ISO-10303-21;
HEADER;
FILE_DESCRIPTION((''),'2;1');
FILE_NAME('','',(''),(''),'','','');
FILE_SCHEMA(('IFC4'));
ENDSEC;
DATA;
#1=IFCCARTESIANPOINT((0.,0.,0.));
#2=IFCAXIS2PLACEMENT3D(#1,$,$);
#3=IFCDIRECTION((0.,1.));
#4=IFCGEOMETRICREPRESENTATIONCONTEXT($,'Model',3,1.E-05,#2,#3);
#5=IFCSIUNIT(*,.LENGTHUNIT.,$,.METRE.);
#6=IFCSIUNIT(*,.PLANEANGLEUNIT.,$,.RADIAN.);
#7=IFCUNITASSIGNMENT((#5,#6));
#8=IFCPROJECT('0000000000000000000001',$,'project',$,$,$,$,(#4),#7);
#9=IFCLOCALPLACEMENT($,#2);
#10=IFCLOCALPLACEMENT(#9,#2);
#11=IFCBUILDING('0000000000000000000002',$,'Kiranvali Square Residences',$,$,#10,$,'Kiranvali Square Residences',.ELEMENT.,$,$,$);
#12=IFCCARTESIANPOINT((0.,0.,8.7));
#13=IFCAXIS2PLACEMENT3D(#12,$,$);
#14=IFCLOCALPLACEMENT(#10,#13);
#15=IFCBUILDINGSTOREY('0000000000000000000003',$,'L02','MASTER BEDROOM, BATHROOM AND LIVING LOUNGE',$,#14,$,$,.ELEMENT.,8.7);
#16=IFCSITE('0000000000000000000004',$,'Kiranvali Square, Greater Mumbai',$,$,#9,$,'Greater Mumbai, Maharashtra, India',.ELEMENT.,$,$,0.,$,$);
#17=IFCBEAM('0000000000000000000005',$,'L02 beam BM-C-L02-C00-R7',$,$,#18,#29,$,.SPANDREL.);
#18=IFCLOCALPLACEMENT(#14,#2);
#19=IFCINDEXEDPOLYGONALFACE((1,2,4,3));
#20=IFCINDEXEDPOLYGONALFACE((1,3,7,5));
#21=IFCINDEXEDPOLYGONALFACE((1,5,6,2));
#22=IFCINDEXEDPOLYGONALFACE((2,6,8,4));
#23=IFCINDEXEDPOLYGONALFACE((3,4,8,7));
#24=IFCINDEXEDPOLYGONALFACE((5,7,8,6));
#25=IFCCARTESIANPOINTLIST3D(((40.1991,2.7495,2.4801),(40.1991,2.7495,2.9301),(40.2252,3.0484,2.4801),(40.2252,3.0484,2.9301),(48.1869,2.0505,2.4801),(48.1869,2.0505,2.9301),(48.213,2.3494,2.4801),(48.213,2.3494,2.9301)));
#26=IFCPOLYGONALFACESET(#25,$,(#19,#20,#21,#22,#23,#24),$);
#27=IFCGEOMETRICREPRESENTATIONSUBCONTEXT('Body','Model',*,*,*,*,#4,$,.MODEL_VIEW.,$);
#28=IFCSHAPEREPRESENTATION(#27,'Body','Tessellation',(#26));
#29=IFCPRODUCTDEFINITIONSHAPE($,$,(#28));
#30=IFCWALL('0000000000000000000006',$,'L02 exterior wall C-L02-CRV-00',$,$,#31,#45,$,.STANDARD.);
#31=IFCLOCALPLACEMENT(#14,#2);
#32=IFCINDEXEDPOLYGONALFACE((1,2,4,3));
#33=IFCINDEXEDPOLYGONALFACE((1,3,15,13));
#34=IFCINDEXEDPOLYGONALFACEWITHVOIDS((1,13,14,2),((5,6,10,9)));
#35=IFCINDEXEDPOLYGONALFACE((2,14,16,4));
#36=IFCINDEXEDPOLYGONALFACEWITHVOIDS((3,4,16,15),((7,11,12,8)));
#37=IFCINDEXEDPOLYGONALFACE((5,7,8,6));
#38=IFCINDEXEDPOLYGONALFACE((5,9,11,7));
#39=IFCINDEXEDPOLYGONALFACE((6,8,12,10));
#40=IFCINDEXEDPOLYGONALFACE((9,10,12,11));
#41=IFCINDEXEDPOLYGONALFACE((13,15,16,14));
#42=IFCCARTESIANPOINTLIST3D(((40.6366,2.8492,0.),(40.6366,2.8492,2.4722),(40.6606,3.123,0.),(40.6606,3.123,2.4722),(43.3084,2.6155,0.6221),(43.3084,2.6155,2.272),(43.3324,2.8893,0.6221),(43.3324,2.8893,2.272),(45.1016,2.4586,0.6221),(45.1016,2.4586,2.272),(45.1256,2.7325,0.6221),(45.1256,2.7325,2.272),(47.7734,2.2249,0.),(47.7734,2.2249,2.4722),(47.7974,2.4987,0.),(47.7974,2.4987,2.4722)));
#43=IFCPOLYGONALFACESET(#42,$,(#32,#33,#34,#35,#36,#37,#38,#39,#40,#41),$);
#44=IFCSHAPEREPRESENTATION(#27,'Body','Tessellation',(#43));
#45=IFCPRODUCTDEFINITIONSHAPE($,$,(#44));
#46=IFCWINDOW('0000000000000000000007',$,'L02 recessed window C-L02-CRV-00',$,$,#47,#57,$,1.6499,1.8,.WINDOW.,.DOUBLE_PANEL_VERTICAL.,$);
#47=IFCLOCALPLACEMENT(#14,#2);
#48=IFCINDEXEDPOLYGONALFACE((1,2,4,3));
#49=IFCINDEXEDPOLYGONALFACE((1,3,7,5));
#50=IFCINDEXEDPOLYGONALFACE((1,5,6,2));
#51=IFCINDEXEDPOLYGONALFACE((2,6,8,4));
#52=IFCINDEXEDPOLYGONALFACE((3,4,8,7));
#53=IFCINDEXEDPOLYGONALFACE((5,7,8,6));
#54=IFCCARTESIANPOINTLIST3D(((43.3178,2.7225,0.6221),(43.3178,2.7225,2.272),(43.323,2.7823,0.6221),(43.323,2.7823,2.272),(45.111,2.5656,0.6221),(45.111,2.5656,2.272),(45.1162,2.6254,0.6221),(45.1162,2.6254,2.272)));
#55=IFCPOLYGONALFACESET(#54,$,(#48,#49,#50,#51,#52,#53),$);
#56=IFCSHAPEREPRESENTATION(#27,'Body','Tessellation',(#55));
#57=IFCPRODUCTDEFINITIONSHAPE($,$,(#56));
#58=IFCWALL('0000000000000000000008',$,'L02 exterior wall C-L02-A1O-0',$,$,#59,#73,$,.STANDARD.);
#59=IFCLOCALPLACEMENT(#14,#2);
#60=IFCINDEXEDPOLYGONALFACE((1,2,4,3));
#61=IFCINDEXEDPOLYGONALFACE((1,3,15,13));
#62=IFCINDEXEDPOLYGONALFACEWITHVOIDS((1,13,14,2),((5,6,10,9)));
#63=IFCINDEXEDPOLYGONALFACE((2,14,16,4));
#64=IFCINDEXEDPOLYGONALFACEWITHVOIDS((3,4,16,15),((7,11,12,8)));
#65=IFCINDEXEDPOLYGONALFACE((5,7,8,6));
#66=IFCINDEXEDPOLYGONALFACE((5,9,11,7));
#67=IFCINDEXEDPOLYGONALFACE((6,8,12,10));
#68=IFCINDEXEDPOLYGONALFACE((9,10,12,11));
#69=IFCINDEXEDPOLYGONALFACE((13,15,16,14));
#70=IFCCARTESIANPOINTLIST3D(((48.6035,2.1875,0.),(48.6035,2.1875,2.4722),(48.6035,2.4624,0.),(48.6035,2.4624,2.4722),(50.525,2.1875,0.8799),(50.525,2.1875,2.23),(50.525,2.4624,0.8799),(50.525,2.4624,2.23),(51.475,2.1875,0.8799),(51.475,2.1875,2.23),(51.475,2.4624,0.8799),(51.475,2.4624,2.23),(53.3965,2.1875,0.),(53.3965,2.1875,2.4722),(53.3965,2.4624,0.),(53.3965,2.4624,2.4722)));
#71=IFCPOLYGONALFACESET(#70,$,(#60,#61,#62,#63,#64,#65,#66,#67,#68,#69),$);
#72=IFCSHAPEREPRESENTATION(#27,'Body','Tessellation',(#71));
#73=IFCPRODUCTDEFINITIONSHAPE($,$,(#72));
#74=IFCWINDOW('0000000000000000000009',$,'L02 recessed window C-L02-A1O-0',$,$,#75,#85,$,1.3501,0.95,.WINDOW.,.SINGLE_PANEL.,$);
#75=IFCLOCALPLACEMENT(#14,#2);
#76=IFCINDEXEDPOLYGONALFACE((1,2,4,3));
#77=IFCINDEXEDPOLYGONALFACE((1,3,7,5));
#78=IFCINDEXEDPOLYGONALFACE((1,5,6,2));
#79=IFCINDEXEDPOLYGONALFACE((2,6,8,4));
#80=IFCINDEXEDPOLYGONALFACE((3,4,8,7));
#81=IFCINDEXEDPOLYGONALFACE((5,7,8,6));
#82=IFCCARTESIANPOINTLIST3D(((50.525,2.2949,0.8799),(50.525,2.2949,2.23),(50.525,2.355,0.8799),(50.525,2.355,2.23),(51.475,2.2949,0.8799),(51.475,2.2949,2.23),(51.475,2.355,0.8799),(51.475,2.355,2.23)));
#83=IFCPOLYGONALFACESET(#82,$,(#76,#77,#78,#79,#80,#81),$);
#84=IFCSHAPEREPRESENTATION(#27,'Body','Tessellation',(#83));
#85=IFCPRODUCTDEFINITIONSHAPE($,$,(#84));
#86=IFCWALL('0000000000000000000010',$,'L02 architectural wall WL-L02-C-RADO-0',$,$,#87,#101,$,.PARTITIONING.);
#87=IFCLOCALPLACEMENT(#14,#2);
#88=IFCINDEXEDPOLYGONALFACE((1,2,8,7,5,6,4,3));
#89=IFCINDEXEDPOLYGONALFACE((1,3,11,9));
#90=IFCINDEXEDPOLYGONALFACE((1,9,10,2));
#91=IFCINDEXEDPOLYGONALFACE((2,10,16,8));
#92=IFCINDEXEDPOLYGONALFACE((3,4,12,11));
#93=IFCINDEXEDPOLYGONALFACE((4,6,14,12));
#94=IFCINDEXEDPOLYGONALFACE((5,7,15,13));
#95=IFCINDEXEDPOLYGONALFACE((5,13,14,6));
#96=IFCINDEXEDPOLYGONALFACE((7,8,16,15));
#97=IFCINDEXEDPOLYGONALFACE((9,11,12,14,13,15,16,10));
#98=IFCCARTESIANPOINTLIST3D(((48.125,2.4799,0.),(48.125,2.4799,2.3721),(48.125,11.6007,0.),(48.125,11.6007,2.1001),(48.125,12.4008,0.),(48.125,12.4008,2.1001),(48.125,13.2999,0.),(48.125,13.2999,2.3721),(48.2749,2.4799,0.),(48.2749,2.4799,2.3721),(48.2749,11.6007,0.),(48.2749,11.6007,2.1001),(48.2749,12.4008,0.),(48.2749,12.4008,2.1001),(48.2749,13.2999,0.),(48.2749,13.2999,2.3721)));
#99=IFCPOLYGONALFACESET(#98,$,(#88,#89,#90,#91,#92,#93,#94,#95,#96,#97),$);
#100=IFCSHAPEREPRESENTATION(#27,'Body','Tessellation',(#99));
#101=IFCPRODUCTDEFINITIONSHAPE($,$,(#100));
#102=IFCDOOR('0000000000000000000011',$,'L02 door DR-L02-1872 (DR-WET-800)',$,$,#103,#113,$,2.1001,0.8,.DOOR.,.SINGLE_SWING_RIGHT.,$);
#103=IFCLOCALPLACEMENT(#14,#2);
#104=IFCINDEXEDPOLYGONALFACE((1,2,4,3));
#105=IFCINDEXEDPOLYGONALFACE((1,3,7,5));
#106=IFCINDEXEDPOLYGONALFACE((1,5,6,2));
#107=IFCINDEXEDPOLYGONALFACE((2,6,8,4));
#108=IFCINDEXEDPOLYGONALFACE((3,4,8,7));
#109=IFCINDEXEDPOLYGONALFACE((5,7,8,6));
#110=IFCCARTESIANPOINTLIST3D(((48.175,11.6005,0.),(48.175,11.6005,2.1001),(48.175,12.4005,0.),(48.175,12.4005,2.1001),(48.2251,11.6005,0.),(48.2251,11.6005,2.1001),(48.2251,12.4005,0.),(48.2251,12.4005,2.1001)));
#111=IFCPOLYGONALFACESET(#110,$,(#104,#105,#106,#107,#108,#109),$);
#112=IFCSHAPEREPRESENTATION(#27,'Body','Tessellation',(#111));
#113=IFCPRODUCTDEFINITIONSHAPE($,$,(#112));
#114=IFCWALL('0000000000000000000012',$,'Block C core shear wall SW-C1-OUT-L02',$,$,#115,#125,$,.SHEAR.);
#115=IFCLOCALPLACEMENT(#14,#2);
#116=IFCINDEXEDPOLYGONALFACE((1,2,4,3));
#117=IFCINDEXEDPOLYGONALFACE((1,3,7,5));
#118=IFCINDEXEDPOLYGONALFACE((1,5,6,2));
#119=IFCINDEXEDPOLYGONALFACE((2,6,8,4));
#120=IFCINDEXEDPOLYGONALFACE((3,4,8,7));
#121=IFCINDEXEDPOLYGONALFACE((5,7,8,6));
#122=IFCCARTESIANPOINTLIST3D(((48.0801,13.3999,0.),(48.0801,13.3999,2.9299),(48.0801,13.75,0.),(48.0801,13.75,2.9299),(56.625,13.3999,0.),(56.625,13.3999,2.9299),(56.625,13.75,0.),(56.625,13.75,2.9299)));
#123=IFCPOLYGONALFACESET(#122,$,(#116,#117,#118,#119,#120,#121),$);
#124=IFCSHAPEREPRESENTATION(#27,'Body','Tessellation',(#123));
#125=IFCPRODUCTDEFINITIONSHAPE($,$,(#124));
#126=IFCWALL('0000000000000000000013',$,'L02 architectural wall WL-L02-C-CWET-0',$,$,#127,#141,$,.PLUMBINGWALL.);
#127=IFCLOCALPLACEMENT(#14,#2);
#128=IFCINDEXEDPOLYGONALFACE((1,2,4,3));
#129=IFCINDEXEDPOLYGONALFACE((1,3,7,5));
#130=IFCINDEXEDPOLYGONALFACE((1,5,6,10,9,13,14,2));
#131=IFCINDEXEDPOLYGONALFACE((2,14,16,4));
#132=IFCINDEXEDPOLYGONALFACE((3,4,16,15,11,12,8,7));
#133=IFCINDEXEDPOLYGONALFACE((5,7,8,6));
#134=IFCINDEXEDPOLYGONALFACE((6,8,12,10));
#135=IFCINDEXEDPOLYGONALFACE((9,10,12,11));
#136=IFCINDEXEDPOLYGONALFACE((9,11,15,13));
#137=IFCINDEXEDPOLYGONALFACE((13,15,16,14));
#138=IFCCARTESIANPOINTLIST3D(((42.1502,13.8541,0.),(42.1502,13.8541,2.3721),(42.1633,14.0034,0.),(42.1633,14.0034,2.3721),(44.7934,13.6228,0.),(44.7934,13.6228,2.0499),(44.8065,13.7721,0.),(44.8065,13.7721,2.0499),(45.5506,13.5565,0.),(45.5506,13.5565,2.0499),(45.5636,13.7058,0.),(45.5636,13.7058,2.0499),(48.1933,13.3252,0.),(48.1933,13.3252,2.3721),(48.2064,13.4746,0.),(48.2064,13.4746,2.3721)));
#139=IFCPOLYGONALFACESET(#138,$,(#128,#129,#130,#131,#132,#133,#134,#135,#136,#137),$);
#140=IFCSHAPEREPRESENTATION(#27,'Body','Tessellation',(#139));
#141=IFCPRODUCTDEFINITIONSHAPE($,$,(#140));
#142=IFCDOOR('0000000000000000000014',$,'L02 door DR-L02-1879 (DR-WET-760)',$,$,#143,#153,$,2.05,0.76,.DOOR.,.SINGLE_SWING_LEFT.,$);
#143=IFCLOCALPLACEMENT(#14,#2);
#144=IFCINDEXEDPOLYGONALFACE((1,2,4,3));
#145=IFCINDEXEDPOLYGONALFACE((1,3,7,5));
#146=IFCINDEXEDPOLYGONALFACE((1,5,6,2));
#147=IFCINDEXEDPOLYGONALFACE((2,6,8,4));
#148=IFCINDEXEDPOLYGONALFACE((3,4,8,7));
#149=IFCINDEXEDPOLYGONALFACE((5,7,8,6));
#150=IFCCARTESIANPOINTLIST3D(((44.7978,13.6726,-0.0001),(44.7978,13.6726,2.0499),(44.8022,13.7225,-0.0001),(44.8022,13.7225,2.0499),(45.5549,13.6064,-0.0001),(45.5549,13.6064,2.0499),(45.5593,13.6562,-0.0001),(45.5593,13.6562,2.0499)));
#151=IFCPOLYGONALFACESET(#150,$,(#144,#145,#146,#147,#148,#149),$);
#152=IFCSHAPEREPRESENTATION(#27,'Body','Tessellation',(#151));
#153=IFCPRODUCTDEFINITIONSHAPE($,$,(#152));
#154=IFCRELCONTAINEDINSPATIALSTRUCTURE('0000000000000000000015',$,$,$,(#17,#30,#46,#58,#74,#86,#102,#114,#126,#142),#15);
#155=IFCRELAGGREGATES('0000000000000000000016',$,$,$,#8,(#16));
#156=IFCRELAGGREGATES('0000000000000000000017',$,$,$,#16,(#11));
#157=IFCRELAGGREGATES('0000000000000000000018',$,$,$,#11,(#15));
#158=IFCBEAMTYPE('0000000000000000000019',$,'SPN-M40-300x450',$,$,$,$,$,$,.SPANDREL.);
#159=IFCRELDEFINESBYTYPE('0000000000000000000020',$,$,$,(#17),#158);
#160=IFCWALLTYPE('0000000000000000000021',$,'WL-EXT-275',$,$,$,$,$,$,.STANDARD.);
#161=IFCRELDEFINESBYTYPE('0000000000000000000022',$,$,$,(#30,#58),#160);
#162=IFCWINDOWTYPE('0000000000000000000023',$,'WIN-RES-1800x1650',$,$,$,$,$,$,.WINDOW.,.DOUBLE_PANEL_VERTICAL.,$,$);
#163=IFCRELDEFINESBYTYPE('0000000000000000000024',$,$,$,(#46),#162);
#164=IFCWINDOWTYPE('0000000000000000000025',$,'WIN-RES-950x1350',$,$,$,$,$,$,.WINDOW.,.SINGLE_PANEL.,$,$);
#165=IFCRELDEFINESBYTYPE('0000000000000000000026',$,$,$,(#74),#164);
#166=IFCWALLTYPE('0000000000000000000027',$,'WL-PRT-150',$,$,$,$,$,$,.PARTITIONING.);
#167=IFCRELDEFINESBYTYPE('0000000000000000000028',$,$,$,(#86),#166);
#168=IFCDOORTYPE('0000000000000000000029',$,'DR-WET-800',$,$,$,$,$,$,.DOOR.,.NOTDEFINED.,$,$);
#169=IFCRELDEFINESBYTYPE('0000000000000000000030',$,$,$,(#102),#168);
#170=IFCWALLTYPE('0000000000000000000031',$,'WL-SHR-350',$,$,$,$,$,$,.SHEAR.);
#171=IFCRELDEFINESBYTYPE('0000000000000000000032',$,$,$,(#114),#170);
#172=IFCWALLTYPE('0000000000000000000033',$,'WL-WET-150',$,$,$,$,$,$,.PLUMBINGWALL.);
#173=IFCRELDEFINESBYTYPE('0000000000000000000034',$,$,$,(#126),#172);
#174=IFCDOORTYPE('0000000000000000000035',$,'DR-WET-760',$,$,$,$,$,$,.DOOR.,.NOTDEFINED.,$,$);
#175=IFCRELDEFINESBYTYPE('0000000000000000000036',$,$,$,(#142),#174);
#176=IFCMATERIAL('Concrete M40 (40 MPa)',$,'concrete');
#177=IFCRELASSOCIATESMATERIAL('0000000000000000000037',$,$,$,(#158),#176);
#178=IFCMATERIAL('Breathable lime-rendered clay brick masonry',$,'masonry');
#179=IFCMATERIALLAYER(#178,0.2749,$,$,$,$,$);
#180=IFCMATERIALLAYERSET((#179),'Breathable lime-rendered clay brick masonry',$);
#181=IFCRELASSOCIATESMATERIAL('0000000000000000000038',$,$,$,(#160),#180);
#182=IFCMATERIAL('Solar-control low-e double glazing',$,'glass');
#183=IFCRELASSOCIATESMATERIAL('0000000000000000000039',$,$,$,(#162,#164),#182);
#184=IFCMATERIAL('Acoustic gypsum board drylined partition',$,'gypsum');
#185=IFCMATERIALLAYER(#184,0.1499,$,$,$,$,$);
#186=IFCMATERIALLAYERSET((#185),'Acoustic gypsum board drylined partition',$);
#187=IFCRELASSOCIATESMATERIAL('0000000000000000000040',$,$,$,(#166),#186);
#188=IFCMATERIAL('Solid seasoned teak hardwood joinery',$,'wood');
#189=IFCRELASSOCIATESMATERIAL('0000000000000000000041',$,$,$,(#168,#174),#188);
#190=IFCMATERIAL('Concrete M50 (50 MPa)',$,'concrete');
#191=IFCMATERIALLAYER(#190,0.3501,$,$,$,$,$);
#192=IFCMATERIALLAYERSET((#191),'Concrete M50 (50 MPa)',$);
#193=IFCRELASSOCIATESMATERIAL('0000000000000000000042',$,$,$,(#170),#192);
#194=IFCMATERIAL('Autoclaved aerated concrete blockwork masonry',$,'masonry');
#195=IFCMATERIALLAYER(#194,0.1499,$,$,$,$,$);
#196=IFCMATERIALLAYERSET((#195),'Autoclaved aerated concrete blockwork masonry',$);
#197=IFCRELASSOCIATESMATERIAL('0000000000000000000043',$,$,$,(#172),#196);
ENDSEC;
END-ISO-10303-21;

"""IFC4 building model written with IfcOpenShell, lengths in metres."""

from ifc_helpers import new_model, si_unit, direction, frame, frame_2d, origin, origin_2d, place, context, subcontext, project, spatial, rectangle, extrude, material, layer, layer_set, material_profile, profile_set, type_object, element, fill, save


model = new_model("IFC4")

# Units and contexts
model_context = context("Model", 3, precision=1e-05, world=origin(), true_north=direction((0.0, 1.0)))
body_context = subcontext(model_context, "Body", "Model", "MODEL_VIEW")
ifc_project = project(units=[si_unit("LENGTHUNIT", "METRE"), si_unit("PLANEANGLEUNIT", "RADIAN")], contexts=[model_context])

# Site, building, storey
site_placement = place(None, origin())
site = spatial("IfcSite", under=ifc_project, at=site_placement, Name="Kiranvali Square, Greater Mumbai", LongName="Greater Mumbai, Maharashtra, India", CompositionType="ELEMENT", RefElevation=0.0)
building_placement = place(site_placement, origin())
building = spatial("IfcBuilding", under=site, at=building_placement, Name="Kiranvali Square Residences", LongName="Kiranvali Square Residences", CompositionType="ELEMENT")
storey_placement = place(building_placement, frame((0.0, 0.0, 8.7)))
storey = spatial("IfcBuildingStorey", under=building, at=storey_placement, Name="L02", Description="MASTER BEDROOM, BATHROOM AND LIVING LOUNGE", CompositionType="ELEMENT", Elevation=8.7)

# Shared definitions
ifc_material_1 = material(Name="Concrete M50 (50 MPa)", Category="concrete")

# Beam
ifc_material_2 = material(Name="Concrete M40 (40 MPa)", Category="concrete")
ifc_material_profile_1 = material_profile(ifc_material_2, rectangle(XDim=0.3, YDim=0.45, at=origin_2d()), Name="RC 300x450")
ifc_profile_set_1 = profile_set([ifc_material_profile_1], Name="Concrete M40 (40 MPa)")
beam_type_1 = type_object("IfcBeamType", Name="SPN-M40-300x450", PredefinedType="SPANDREL", material=ifc_profile_set_1)
beam_1_placement = place(storey_placement, frame((48.2, 2.2, 2.7051), z_axis=(-0.996193, 0.087172, 0.0), x_axis=(-0.087172, -0.996193, 0.0)))
element("IfcBeam", 1, at=beam_1_placement, inside=storey, type_object=beam_type_1, Name="L02 beam BM-C-L02-C00-R7", PredefinedType="SPANDREL", context=body_context, shape_type="SweptSolid", body=[
    extrude(rectangle(XDim=0.3, YDim=0.45, at=origin_2d()), origin(), (0.0, 0.0, 1.0), 8.0183),
])

# Walls, openings, windows
ifc_material_3 = material(Name="Breathable lime-rendered clay brick masonry", Category="masonry")
ifc_layer_1 = layer(ifc_material_3, 0.2749)
ifc_layer_set_1 = layer_set([ifc_layer_1], Name="Breathable lime-rendered clay brick masonry")
wall_type_1 = type_object("IfcWallType", Name="WL-EXT-275", PredefinedType="STANDARD", material=ifc_layer_set_1)
wall_1_placement = place(storey_placement, frame((47.7854, 2.3618, 0.0), z_axis=(0.0, 0.0, 1.0), x_axis=(-0.996196, 0.08714, 0.0)))
wall_1 = element("IfcWall", 2, at=wall_1_placement, inside=storey, type_object=wall_type_1, Name="L02 exterior wall C-L02-CRV-00", PredefinedType="STANDARD", context=body_context, shape_type="SweptSolid", body=[
    extrude(rectangle(XDim=7.1641, YDim=0.2749, at=frame_2d((3.582, 0.0))), origin(), (0.0, 0.0, 1.0), 2.4722),
])
opening_1_placement = place(wall_1_placement, frame((2.6821, 0.0, 0.6221)))
opening_1 = element("IfcOpeningElement", 3, at=opening_1_placement, cuts=wall_1, PredefinedType="OPENING", context=body_context, shape_type="SweptSolid", body=[
    extrude(rectangle(XDim=1.8, YDim=1.6499, at=frame_2d((0.8999, 0.825))), frame((0.0, 0.1475, 0.0), z_axis=(0.0, -1.0, 0.0), x_axis=(1.0, 0.0, 0.0)), (0.0, 0.0, 1.0), 0.2949),
])
ifc_material_4 = material(Name="Solar-control low-e double glazing", Category="glass")
window_type_1 = type_object("IfcWindowType", Name="WIN-RES-1800x1650", PartitioningType="DOUBLE_PANEL_VERTICAL", PredefinedType="WINDOW", material=ifc_material_4)
window_1_placement = place(opening_1_placement, origin())
window_1 = element("IfcWindow", 4, at=window_1_placement, inside=storey, type_object=window_type_1, Name="L02 recessed window C-L02-CRV-00", OverallHeight=1.6499, OverallWidth=1.8, PartitioningType="DOUBLE_PANEL_VERTICAL", PredefinedType="WINDOW", context=body_context, shape_type="SweptSolid", body=[
    extrude(rectangle(XDim=1.8, YDim=1.6499, at=frame_2d((0.8999, 0.825))), frame((0.0, 0.03, 0.0), z_axis=(0.0, -1.0, 0.0), x_axis=(1.0, 0.0, 0.0)), (0.0, 0.0, 1.0), 0.0601),
])
fill(opening_1, window_1)
wall_2_placement = place(storey_placement, frame((48.6035, 2.325, 0.0), z_axis=(0.0, 0.0, 1.0), x_axis=(1.0, 0.0, 0.0)))
wall_2 = element("IfcWall", 5, at=wall_2_placement, inside=storey, type_object=wall_type_1, Name="L02 exterior wall C-L02-A1O-0", PredefinedType="STANDARD", context=body_context, shape_type="SweptSolid", body=[
    extrude(rectangle(XDim=4.793, YDim=0.2749, at=frame_2d((2.3965, 0.0))), origin(), (0.0, 0.0, 1.0), 2.4722),
])
opening_2_placement = place(wall_2_placement, frame((1.9214, 0.0, 0.8799)))
opening_2 = element("IfcOpeningElement", 6, at=opening_2_placement, cuts=wall_2, PredefinedType="OPENING", context=body_context, shape_type="SweptSolid", body=[
    extrude(rectangle(XDim=0.95, YDim=1.3501, at=frame_2d((0.4751, 0.675))), frame((0.0, 0.1475, 0.0), z_axis=(0.0, -1.0, 0.0), x_axis=(1.0, 0.0, 0.0)), (0.0, 0.0, 1.0), 0.2949),
])
window_type_2 = type_object("IfcWindowType", Name="WIN-RES-950x1350", PartitioningType="SINGLE_PANEL", PredefinedType="WINDOW", material=ifc_material_4)
window_2_placement = place(opening_2_placement, origin())
window_2 = element("IfcWindow", 7, at=window_2_placement, inside=storey, type_object=window_type_2, Name="L02 recessed window C-L02-A1O-0", OverallHeight=1.3501, OverallWidth=0.95, PartitioningType="SINGLE_PANEL", PredefinedType="WINDOW", context=body_context, shape_type="SweptSolid", body=[
    extrude(rectangle(XDim=0.95, YDim=1.3501, at=frame_2d((0.4751, 0.675))), frame((0.0, 0.03, 0.0), z_axis=(0.0, -1.0, 0.0), x_axis=(1.0, 0.0, 0.0)), (0.0, 0.0, 1.0), 0.0601),
])
fill(opening_2, window_2)

# Wall, opening, door
ifc_material_5 = material(Name="Acoustic gypsum board drylined partition", Category="gypsum")
ifc_layer_2 = layer(ifc_material_5, 0.1499)
ifc_layer_set_2 = layer_set([ifc_layer_2], Name="Acoustic gypsum board drylined partition")
wall_type_2 = type_object("IfcWallType", Name="WL-PRT-150", PredefinedType="PARTITIONING", material=ifc_layer_set_2)
wall_3_placement = place(storey_placement, frame((48.2, 13.3, 0.0), z_axis=(0.0, 0.0, 1.0), x_axis=(0.0, -1.0, 0.0)))
wall_3 = element("IfcWall", 8, at=wall_3_placement, inside=storey, type_object=wall_type_2, Name="L02 architectural wall WL-L02-C-RADO-0", PredefinedType="PARTITIONING", context=body_context, shape_type="SweptSolid", body=[
    extrude(rectangle(XDim=10.8201, YDim=0.1499, at=frame_2d((5.4102, 0.0))), origin(), (0.0, 0.0, 1.0), 2.3721),
])
opening_3_placement = place(wall_3_placement, frame((0.8994, 0.0, 0.0)))
opening_3 = element("IfcOpeningElement", 9, at=opening_3_placement, cuts=wall_3, PredefinedType="OPENING", context=body_context, shape_type="SweptSolid", body=[
    extrude(rectangle(XDim=0.8, YDim=2.1001, at=frame_2d((0.3999, 1.05))), frame((0.0, 0.085, 0.0), z_axis=(0.0, -1.0, 0.0), x_axis=(1.0, 0.0, 0.0)), (0.0, 0.0, 1.0), 0.1699),
])
ifc_material_6 = material(Name="Solid seasoned teak hardwood joinery", Category="wood")
door_type_1 = type_object("IfcDoorType", Name="DR-WET-800", OperationType="NOTDEFINED", PredefinedType="DOOR", material=ifc_material_6)
door_1_placement = place(opening_3_placement, frame((0.8, 0.0, 0.0), z_axis=(0.0, 0.0, 1.0), x_axis=(-1.0, 0.0, 0.0)))
door_1 = element("IfcDoor", 10, at=door_1_placement, inside=storey, type_object=door_type_1, Name="L02 door DR-L02-1872 (DR-WET-800)", OperationType="SINGLE_SWING_RIGHT", OverallHeight=2.1001, OverallWidth=0.8, PredefinedType="DOOR", context=body_context, shape_type="SweptSolid", body=[
    extrude(rectangle(XDim=0.8, YDim=2.1001, at=frame_2d((0.3999, 1.05))), frame((0.0, 0.0249, 0.0), z_axis=(0.0, -1.0, 0.0), x_axis=(1.0, 0.0, 0.0)), (0.0, 0.0, 1.0), 0.05),
])
fill(opening_3, door_1)

# Wall
ifc_layer_3 = layer(ifc_material_1, 0.3501)
ifc_layer_set_3 = layer_set([ifc_layer_3], Name="Concrete M50 (50 MPa)")
wall_type_3 = type_object("IfcWallType", Name="WL-SHR-350", PredefinedType="SHEAR", material=ifc_layer_set_3)
wall_4_placement = place(storey_placement, frame((48.0801, 13.575, 0.0), z_axis=(0.0, 0.0, 1.0), x_axis=(1.0, 0.0, 0.0)))
element("IfcWall", 11, at=wall_4_placement, inside=storey, type_object=wall_type_3, Name="Block C core shear wall SW-C1-OUT-L02", PredefinedType="SHEAR", context=body_context, shape_type="SweptSolid", body=[
    extrude(rectangle(XDim=8.5449, YDim=0.3501, at=frame_2d((4.2725, 0.0))), origin(), (0.0, 0.0, 1.0), 2.9299),
])

# Wall, opening, door
ifc_material_7 = material(Name="Autoclaved aerated concrete blockwork masonry", Category="masonry")
ifc_layer_4 = layer(ifc_material_7, 0.1499)
ifc_layer_set_4 = layer_set([ifc_layer_4], Name="Autoclaved aerated concrete blockwork masonry")
wall_type_4 = type_object("IfcWallType", Name="WL-WET-150", PredefinedType="PLUMBINGWALL", material=ifc_layer_set_4)
wall_5_placement = place(storey_placement, frame((48.2, 13.3999, 0.0), z_axis=(0.0, 0.0, 1.0), x_axis=(-0.996193, 0.087175, 0.0)))
wall_5 = element("IfcWall", 12, at=wall_5_placement, inside=storey, type_object=wall_type_4, Name="L02 architectural wall WL-L02-C-CWET-0", PredefinedType="PLUMBINGWALL", context=body_context, shape_type="SweptSolid", body=[
    extrude(rectangle(XDim=6.0662, YDim=0.1499, at=frame_2d((3.0332, 0.0))), origin(), (0.0, 0.0, 1.0), 2.3721),
])
opening_4_placement = place(wall_5_placement, frame((2.6531, 0.0, 0.0)))
opening_4 = element("IfcOpeningElement", 13, at=opening_4_placement, cuts=wall_5, PredefinedType="OPENING", context=body_context, shape_type="SweptSolid", body=[
    extrude(rectangle(XDim=0.76, YDim=2.05, at=frame_2d((0.3799, 1.0249))), frame((0.0, 0.085, 0.0), z_axis=(0.0, -1.0, 0.0), x_axis=(1.0, 0.0, 0.0)), (0.0, 0.0, 1.0), 0.1699),
])
door_type_2 = type_object("IfcDoorType", Name="DR-WET-760", OperationType="NOTDEFINED", PredefinedType="DOOR", material=ifc_material_6)
door_2_placement = place(opening_4_placement, origin())
door_2 = element("IfcDoor", 14, at=door_2_placement, inside=storey, type_object=door_type_2, Name="L02 door DR-L02-1879 (DR-WET-760)", OperationType="SINGLE_SWING_LEFT", OverallHeight=2.05, OverallWidth=0.76, PredefinedType="DOOR", context=body_context, shape_type="SweptSolid", body=[
    extrude(rectangle(XDim=0.76, YDim=2.05, at=frame_2d((0.3799, 1.0249))), frame((0.0, 0.0249, 0.0), z_axis=(0.0, -1.0, 0.0), x_axis=(1.0, 0.0, 0.0)), (0.0, 0.0, 1.0), 0.05),
])
fill(opening_4, door_2)

save(model, "model.ifc")
